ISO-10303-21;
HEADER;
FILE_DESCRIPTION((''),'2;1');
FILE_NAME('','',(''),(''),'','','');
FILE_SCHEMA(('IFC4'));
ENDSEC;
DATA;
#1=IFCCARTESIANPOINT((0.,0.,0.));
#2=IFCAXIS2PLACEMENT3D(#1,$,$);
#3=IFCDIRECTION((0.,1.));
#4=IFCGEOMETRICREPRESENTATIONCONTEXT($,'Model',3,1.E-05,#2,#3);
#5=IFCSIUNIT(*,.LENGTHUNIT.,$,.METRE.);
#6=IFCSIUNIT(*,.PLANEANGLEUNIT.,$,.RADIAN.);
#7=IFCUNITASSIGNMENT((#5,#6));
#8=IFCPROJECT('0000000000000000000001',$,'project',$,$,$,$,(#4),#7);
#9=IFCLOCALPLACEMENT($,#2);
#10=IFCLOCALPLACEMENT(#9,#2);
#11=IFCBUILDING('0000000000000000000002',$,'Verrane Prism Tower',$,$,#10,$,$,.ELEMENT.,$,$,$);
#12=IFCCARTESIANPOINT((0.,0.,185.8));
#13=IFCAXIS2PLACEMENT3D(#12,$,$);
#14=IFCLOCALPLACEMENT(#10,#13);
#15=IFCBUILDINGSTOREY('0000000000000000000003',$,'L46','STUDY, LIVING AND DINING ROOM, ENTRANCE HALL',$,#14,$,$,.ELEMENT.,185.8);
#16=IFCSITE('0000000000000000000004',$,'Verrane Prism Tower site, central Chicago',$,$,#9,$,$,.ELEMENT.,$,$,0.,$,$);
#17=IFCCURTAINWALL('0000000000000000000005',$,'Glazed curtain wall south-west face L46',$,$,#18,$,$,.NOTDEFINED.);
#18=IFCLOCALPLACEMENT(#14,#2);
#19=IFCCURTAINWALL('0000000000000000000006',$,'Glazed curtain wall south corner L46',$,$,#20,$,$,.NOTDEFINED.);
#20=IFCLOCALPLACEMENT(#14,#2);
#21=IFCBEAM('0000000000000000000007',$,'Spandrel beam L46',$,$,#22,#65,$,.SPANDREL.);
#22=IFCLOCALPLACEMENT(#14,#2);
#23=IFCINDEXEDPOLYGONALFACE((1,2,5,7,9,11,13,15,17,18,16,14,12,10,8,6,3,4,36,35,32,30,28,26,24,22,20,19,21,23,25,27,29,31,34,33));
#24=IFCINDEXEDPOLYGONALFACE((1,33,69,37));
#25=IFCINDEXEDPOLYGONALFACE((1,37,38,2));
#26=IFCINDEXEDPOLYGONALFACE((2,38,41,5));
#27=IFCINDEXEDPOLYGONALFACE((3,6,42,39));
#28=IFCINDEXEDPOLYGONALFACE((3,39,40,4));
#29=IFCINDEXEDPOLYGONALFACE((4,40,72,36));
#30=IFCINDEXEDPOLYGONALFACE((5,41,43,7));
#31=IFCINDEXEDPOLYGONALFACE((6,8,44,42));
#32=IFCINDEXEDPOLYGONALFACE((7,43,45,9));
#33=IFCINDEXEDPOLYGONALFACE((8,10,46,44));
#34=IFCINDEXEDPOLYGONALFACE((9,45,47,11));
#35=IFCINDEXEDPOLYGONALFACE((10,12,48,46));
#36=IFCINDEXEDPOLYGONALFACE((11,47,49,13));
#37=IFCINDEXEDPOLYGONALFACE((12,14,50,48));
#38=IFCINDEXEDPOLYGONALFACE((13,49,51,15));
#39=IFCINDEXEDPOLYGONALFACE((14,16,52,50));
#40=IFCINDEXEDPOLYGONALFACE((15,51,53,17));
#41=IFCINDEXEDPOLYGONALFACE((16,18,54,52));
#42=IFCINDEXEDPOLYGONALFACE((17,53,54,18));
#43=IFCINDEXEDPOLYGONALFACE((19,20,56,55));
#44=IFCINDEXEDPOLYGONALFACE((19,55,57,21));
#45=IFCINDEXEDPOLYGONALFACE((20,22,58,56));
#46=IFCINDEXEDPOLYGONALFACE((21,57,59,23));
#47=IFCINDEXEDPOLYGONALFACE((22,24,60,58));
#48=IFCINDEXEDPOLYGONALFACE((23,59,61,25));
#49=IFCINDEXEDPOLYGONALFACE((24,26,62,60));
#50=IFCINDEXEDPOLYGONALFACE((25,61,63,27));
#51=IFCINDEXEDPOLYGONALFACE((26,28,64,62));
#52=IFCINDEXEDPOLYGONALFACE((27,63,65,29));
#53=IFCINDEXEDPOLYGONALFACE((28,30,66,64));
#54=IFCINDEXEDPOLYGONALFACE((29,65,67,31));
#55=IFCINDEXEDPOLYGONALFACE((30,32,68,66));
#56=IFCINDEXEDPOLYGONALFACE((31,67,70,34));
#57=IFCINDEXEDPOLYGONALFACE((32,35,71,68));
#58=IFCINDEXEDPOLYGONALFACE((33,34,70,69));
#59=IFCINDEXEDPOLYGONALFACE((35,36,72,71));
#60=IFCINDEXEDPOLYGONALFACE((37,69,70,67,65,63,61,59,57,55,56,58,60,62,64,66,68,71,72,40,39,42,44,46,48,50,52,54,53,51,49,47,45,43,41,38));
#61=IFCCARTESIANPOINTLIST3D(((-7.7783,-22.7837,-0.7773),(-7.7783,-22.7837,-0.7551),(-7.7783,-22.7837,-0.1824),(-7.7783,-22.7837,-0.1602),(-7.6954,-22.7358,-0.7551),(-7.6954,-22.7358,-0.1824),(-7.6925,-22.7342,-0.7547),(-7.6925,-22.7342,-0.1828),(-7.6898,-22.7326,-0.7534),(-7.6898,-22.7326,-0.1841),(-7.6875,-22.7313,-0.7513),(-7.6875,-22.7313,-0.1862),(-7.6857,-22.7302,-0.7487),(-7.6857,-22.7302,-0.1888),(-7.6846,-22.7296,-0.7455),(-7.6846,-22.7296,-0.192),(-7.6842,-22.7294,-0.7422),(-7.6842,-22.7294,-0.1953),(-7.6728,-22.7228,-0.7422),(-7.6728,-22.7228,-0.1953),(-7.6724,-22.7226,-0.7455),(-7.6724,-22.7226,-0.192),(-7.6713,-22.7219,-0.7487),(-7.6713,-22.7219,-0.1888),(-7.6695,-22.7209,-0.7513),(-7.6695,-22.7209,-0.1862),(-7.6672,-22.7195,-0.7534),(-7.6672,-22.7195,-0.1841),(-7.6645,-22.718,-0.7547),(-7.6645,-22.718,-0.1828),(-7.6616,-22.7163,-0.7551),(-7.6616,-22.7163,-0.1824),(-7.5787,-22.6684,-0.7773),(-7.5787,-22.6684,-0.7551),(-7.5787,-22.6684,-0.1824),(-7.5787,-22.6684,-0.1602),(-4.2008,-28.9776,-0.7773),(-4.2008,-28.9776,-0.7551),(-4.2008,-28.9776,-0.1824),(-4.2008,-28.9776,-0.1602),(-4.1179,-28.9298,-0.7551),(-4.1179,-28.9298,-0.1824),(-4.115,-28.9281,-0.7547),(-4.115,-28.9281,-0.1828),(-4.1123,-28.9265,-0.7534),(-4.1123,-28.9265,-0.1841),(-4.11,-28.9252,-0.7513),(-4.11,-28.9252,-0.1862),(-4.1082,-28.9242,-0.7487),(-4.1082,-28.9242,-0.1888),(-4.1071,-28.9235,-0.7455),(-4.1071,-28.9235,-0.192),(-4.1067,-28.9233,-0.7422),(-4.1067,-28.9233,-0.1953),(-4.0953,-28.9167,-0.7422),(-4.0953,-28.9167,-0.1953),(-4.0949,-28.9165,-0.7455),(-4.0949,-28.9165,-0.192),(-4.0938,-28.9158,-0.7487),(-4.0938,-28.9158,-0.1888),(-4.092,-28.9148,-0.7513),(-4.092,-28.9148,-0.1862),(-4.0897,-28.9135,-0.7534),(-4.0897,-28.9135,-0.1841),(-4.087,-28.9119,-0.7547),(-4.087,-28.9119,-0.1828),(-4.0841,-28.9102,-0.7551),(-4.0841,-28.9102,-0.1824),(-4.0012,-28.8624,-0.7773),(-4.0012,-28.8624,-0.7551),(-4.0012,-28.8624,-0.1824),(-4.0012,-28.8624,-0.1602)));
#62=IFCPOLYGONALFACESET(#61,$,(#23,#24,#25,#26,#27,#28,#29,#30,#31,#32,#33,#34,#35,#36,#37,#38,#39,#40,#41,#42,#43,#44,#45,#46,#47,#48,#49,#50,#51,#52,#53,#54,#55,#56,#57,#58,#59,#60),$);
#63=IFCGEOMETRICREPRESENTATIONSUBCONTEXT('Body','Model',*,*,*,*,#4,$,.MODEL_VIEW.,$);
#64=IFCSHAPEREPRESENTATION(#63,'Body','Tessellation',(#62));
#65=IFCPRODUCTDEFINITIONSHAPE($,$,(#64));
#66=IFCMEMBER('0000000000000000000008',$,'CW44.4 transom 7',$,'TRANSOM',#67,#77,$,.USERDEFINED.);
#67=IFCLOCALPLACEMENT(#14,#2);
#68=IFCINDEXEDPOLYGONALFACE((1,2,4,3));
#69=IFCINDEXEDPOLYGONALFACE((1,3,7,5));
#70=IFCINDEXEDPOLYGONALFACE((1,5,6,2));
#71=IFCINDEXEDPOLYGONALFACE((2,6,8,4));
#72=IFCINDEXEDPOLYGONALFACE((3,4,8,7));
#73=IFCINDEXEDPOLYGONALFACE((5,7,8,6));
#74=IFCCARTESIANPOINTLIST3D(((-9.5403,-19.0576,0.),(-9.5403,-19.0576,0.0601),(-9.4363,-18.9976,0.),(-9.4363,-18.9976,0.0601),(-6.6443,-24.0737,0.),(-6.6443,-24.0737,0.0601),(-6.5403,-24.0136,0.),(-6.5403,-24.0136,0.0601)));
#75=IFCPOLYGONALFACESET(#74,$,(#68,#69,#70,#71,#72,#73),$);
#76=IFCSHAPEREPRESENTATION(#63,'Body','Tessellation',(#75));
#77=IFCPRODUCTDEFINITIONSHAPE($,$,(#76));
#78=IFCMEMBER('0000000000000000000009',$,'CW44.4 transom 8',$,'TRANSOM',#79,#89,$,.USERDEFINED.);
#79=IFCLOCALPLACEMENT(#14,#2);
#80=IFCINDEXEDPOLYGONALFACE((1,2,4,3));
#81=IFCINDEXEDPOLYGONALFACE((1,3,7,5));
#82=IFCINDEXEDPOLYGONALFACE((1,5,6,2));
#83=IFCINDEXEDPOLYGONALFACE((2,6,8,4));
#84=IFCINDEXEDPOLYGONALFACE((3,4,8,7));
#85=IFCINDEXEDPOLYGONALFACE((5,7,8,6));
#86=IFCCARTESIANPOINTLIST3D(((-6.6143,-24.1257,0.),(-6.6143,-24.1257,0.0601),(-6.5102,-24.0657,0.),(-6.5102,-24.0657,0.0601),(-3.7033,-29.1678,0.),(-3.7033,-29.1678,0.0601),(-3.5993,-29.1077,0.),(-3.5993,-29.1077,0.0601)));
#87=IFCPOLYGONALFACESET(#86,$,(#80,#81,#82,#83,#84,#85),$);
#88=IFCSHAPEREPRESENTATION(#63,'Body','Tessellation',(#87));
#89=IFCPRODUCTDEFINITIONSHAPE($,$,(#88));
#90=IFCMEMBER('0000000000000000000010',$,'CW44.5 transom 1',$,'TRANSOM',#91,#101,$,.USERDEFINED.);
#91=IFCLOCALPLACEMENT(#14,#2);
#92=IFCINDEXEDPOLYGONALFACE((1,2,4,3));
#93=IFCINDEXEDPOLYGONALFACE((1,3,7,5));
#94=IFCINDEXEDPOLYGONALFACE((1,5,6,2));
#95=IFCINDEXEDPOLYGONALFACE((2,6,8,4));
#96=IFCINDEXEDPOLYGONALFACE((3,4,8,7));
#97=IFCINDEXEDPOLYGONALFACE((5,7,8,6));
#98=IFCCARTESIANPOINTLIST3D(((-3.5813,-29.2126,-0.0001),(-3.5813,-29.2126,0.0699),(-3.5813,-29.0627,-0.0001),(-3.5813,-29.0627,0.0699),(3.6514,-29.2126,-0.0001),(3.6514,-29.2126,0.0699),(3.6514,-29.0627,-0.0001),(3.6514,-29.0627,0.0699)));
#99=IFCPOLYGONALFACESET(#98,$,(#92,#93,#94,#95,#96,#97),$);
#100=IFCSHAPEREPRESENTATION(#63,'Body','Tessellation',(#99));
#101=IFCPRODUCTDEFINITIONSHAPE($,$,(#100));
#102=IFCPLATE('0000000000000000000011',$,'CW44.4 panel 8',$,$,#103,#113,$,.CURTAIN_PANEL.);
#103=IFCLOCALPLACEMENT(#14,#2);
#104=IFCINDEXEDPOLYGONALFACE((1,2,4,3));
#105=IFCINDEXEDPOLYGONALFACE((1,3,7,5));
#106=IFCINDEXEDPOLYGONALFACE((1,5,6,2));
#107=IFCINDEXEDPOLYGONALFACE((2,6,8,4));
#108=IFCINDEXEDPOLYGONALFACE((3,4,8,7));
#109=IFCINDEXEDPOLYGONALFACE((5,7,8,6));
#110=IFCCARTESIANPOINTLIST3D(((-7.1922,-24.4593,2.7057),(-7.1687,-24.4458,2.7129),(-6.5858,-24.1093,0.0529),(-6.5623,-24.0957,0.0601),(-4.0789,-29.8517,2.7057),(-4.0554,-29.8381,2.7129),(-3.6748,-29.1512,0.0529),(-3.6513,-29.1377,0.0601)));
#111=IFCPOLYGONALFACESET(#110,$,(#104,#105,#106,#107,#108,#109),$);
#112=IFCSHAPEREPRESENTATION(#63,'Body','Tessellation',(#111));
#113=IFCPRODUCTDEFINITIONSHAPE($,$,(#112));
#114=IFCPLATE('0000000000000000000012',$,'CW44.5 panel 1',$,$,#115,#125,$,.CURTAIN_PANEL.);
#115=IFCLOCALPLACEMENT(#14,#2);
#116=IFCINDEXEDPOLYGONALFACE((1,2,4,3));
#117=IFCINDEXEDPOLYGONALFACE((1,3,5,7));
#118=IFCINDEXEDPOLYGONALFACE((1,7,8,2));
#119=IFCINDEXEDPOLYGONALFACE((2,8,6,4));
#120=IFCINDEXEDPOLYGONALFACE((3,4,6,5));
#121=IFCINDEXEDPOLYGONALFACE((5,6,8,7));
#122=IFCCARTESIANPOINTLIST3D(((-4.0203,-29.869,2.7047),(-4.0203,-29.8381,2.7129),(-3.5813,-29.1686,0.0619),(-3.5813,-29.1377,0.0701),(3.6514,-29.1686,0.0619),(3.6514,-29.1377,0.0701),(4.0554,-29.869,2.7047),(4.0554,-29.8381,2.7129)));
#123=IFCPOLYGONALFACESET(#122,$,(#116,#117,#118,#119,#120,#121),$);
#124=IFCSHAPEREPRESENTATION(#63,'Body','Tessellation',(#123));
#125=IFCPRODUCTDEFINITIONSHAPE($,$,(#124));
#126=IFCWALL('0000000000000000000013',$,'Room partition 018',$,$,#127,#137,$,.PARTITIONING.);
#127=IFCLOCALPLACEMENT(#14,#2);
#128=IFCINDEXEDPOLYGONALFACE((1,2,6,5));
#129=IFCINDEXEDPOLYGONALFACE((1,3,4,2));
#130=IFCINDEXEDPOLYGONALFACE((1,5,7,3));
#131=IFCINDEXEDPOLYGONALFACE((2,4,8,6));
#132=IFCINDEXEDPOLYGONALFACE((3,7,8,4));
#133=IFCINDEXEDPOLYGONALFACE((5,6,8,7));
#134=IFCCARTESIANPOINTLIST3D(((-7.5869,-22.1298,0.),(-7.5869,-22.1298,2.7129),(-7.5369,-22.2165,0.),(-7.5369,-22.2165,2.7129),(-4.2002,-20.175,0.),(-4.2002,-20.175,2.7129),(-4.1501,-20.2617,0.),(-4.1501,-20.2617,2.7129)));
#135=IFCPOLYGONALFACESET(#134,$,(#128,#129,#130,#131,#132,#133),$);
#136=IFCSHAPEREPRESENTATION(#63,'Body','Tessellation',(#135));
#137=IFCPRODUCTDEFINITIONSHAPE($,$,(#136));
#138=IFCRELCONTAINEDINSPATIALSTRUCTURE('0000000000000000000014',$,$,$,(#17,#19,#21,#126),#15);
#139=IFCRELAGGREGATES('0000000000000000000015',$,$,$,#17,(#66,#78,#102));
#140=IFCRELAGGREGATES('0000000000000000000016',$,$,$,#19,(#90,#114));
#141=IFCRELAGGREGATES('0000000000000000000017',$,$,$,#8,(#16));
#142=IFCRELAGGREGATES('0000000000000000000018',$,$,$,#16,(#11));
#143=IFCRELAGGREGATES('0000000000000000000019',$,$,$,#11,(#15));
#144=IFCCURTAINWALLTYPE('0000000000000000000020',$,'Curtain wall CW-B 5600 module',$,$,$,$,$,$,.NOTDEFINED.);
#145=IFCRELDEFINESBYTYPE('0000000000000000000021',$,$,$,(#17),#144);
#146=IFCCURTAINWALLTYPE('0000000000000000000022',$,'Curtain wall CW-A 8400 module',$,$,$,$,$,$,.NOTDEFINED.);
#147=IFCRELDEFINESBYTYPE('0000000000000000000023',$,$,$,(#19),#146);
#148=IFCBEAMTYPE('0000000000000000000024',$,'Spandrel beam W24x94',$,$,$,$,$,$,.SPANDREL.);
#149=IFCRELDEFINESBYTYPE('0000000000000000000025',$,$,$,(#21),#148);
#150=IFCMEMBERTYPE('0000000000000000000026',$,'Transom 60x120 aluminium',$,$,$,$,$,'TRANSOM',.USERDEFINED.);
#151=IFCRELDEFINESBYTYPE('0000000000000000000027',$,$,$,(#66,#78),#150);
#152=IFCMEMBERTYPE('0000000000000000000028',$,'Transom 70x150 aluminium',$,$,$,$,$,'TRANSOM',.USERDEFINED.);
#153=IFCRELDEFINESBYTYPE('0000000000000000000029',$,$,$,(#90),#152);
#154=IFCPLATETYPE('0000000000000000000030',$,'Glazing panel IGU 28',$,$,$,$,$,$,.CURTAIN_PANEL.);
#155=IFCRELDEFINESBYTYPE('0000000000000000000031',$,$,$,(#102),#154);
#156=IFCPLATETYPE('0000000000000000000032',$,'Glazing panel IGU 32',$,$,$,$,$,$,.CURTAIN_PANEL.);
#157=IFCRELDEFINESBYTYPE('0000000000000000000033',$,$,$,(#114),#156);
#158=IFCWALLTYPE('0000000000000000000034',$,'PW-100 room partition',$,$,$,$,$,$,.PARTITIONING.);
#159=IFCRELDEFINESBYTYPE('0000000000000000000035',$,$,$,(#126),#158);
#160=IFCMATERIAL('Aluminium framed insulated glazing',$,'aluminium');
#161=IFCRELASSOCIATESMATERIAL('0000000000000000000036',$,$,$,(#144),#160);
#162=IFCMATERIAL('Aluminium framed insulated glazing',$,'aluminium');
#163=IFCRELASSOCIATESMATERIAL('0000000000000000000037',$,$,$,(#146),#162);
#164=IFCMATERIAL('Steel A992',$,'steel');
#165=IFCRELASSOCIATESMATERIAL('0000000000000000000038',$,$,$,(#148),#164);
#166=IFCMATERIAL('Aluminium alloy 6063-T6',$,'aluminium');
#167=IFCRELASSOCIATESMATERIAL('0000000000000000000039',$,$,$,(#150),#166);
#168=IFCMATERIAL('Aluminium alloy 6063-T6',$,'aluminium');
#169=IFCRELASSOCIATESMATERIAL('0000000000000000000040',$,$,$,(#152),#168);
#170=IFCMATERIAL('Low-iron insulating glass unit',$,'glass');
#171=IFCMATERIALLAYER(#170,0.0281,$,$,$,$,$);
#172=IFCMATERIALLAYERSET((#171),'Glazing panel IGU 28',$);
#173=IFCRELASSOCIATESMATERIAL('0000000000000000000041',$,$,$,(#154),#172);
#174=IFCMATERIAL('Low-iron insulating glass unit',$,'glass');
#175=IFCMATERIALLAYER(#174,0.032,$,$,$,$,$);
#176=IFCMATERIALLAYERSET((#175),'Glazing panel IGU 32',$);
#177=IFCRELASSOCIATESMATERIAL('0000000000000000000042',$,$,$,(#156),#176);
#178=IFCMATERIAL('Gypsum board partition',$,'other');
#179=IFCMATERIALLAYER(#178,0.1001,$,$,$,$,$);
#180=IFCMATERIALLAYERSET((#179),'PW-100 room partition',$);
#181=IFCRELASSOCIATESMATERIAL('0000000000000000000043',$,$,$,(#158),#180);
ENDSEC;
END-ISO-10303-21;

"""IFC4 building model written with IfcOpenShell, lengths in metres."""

from ifc_helpers import new_model, si_unit, direction, frame, frame_2d, origin, origin_2d, place, context, subcontext, project, spatial, polyline, rectangle, i_section, outline, extrude, material, layer, layer_set, material_profile, profile_set, type_object, element, aggregate, save


model = new_model("IFC4")

# Units and contexts
model_context = context("Model", 3, precision=1e-05, world=origin(), true_north=direction((0.0, 1.0)))
body_context = subcontext(model_context, "Body", "Model", "MODEL_VIEW")
ifc_project = project(units=[si_unit("LENGTHUNIT", "METRE"), si_unit("PLANEANGLEUNIT", "RADIAN")], contexts=[model_context])

# Site, building, storey
site_placement = place(None, origin())
site = spatial("IfcSite", under=ifc_project, at=site_placement, Name="Verrane Prism Tower site, central Chicago", CompositionType="ELEMENT", RefElevation=0.0)
building_placement = place(site_placement, origin())
building = spatial("IfcBuilding", under=site, at=building_placement, Name="Verrane Prism Tower", CompositionType="ELEMENT")
storey_placement = place(building_placement, frame((0.0, 0.0, 185.8)))
storey = spatial("IfcBuildingStorey", under=building, at=storey_placement, Name="L46", Description="STUDY, LIVING AND DINING ROOM, ENTRANCE HALL", CompositionType="ELEMENT", Elevation=185.8)

# Curtain walls
ifc_material_1 = material(Name="Aluminium framed insulated glazing", Category="aluminium")
curtain_wall_type_1 = type_object("IfcCurtainWallType", Name="Curtain wall CW-B 5600 module", PredefinedType="NOTDEFINED", material=ifc_material_1)
curtain_wall_1_placement = place(storey_placement, origin())
curtain_wall_1 = element("IfcCurtainWall", 1, at=curtain_wall_1_placement, inside=storey, type_object=curtain_wall_type_1, Name="Glazed curtain wall south-west face L46", PredefinedType="NOTDEFINED")
ifc_material_2 = material(Name="Aluminium framed insulated glazing", Category="aluminium")
curtain_wall_type_2 = type_object("IfcCurtainWallType", Name="Curtain wall CW-A 8400 module", PredefinedType="NOTDEFINED", material=ifc_material_2)
curtain_wall_2_placement = place(storey_placement, origin())
curtain_wall_2 = element("IfcCurtainWall", 2, at=curtain_wall_2_placement, inside=storey, type_object=curtain_wall_type_2, Name="Glazed curtain wall south corner L46", PredefinedType="NOTDEFINED")

# Beam
ifc_material_3 = material(Name="Steel A992", Category="steel")
ifc_material_profile_1 = material_profile(ifc_material_3, i_section(OverallWidth=0.2305, OverallDepth=0.6172, WebThickness=0.0132, FlangeThickness=0.0222, FilletRadius=0.0129, at=origin_2d()), Name="W24x94")
ifc_profile_set_1 = profile_set([ifc_material_profile_1], Name="Steel A992")
beam_type_1 = type_object("IfcBeamType", Name="Spandrel beam W24x94", PredefinedType="SPANDREL", material=ifc_profile_set_1)
beam_1_placement = place(storey_placement, frame((-7.6785, -22.7261, -0.4688), z_axis=(0.500144, -0.865942, 0.0), x_axis=(0.865942, 0.500144, 0.0)))
element("IfcBeam", 3, at=beam_1_placement, inside=storey, type_object=beam_type_1, Name="Spandrel beam L46", PredefinedType="SPANDREL", context=body_context, shape_type="SweptSolid", body=[
    extrude(i_section(OverallWidth=0.2305, OverallDepth=0.6172, WebThickness=0.0132, FlangeThickness=0.0222, FilletRadius=0.0129, at=origin_2d()), origin(), (0.0, 0.0, 1.0), 7.1528),
])

# Members
ifc_material_4 = material(Name="Aluminium alloy 6063-T6", Category="aluminium")
ifc_material_profile_2 = material_profile(ifc_material_4, rectangle(XDim=0.1201, YDim=0.0601, at=origin_2d()), Name="Transom 60x120 aluminium")
ifc_profile_set_2 = profile_set([ifc_material_profile_2], Name="Aluminium alloy 6063-T6")
member_type_1 = type_object("IfcMemberType", Name="Transom 60x120 aluminium", ElementType="TRANSOM", PredefinedType="USERDEFINED", material=ifc_profile_set_2)
member_1_placement = place(storey_placement, frame((-9.4883, -19.0276, 0.03), z_axis=(0.499992, -0.86603, 0.0), x_axis=(0.86603, 0.499992, 0.0)))
member_1 = element("IfcMember", 4, at=member_1_placement, type_object=member_type_1, Name="CW44.4 transom 7", ObjectType="TRANSOM", PredefinedType="USERDEFINED", context=body_context, shape_type="SweptSolid", body=[
    extrude(rectangle(XDim=0.1201, YDim=0.0601, at=origin_2d()), origin(), (0.0, 0.0, 1.0), 5.792),
])
member_2_placement = place(storey_placement, frame((-6.5623, -24.0957, 0.03), z_axis=(0.499986, -0.866033, 0.0), x_axis=(0.866033, 0.499986, 0.0)))
member_2 = element("IfcMember", 5, at=member_2_placement, type_object=member_type_1, Name="CW44.4 transom 8", ObjectType="TRANSOM", PredefinedType="USERDEFINED", context=body_context, shape_type="SweptSolid", body=[
    extrude(rectangle(XDim=0.1201, YDim=0.0601, at=origin_2d()), origin(), (0.0, 0.0, 1.0), 5.822),
])
ifc_material_5 = material(Name="Aluminium alloy 6063-T6", Category="aluminium")
ifc_material_profile_3 = material_profile(ifc_material_5, rectangle(XDim=0.1499, YDim=0.0701, at=origin_2d()), Name="Transom 70x150 aluminium")
ifc_profile_set_3 = profile_set([ifc_material_profile_3], Name="Aluminium alloy 6063-T6")
member_type_2 = type_object("IfcMemberType", Name="Transom 70x150 aluminium", ElementType="TRANSOM", PredefinedType="USERDEFINED", material=ifc_profile_set_3)
member_3_placement = place(storey_placement, frame((-3.5813, -29.1377, 0.0349), z_axis=(1.0, 0.0, 0.0), x_axis=(0.0, 1.0, 0.0)))
member_3 = element("IfcMember", 6, at=member_3_placement, type_object=member_type_2, Name="CW44.5 transom 1", ObjectType="TRANSOM", PredefinedType="USERDEFINED", context=body_context, shape_type="SweptSolid", body=[
    extrude(rectangle(XDim=0.1499, YDim=0.0701, at=origin_2d()), origin(), (0.0, 0.0, 1.0), 7.2327),
])

# Plates
ifc_material_6 = material(Name="Low-iron insulating glass unit", Category="glass")
ifc_layer_1 = layer(ifc_material_6, 0.0281)
ifc_layer_set_1 = layer_set([ifc_layer_1], Name="Glazing panel IGU 28")
plate_type_1 = type_object("IfcPlateType", Name="Glazing panel IGU 28", PredefinedType="CURTAIN_PANEL", material=ifc_layer_set_1)
plate_1_placement = place(storey_placement, frame((-6.5623, -24.0957, 0.0601), z_axis=(0.837353, 0.483438, 0.255201), x_axis=(0.499994, -0.866029, 0.000002)))
plate_1 = element("IfcPlate", 7, at=plate_1_placement, type_object=plate_type_1, Name="CW44.4 panel 8", PredefinedType="CURTAIN_PANEL", context=body_context, shape_type="SweptSolid", body=[
    extrude(outline(polyline([(0.0, 0.0), (5.8219, 0.0), (6.2265, -2.7437), (0.0, -2.7437), (0.0, 0.0)])), origin(), (0.0, 0.0, -1.0), 0.0281),
])
aggregate(curtain_wall_1, [member_1, member_2, plate_1])
ifc_material_7 = material(Name="Low-iron insulating glass unit", Category="glass")
ifc_layer_2 = layer(ifc_material_7, 0.032)
ifc_layer_set_2 = layer_set([ifc_layer_2], Name="Glazing panel IGU 32")
plate_type_2 = type_object("IfcPlateType", Name="Glazing panel IGU 32", PredefinedType="CURTAIN_PANEL", material=ifc_layer_set_2)
plate_2_placement = place(storey_placement, frame((-3.5813, -29.1377, 0.0701), z_axis=(0.0, 0.966627, 0.25619), x_axis=(1.0, 0.0, 0.0)))
plate_2 = element("IfcPlate", 8, at=plate_2_placement, type_object=plate_type_2, Name="CW44.5 panel 1", PredefinedType="CURTAIN_PANEL", context=body_context, shape_type="SweptSolid", body=[
    extrude(outline(polyline([(0.0, 0.0), (7.2327, 0.0), (7.6367, -2.7341), (-0.439, -2.7341), (0.0, 0.0)])), origin(), (0.0, 0.0, -1.0), 0.032),
])
aggregate(curtain_wall_2, [member_3, plate_2])

# Wall
ifc_material_8 = material(Name="Gypsum board partition", Category="other")
ifc_layer_3 = layer(ifc_material_8, 0.1001)
ifc_layer_set_3 = layer_set([ifc_layer_3], Name="PW-100 room partition")
wall_type = type_object("IfcWallType", Name="PW-100 room partition", PredefinedType="PARTITIONING", material=ifc_layer_set_3)
wall_1_placement = place(storey_placement, frame((-7.5618, -22.1731, 0.0), z_axis=(0.0, 0.0, 1.0), x_axis=(0.86608, 0.499906, 0.0)))
element("IfcWall", 9, at=wall_1_placement, inside=storey, type_object=wall_type, Name="Room partition 018", PredefinedType="PARTITIONING", context=body_context, shape_type="SweptSolid", body=[
    extrude(rectangle(XDim=3.9104, YDim=0.1001, at=frame_2d((1.9551, 0.0))), origin(), (0.0, 0.0, 1.0), 2.7129),
])

save(model, "model.ifc")
